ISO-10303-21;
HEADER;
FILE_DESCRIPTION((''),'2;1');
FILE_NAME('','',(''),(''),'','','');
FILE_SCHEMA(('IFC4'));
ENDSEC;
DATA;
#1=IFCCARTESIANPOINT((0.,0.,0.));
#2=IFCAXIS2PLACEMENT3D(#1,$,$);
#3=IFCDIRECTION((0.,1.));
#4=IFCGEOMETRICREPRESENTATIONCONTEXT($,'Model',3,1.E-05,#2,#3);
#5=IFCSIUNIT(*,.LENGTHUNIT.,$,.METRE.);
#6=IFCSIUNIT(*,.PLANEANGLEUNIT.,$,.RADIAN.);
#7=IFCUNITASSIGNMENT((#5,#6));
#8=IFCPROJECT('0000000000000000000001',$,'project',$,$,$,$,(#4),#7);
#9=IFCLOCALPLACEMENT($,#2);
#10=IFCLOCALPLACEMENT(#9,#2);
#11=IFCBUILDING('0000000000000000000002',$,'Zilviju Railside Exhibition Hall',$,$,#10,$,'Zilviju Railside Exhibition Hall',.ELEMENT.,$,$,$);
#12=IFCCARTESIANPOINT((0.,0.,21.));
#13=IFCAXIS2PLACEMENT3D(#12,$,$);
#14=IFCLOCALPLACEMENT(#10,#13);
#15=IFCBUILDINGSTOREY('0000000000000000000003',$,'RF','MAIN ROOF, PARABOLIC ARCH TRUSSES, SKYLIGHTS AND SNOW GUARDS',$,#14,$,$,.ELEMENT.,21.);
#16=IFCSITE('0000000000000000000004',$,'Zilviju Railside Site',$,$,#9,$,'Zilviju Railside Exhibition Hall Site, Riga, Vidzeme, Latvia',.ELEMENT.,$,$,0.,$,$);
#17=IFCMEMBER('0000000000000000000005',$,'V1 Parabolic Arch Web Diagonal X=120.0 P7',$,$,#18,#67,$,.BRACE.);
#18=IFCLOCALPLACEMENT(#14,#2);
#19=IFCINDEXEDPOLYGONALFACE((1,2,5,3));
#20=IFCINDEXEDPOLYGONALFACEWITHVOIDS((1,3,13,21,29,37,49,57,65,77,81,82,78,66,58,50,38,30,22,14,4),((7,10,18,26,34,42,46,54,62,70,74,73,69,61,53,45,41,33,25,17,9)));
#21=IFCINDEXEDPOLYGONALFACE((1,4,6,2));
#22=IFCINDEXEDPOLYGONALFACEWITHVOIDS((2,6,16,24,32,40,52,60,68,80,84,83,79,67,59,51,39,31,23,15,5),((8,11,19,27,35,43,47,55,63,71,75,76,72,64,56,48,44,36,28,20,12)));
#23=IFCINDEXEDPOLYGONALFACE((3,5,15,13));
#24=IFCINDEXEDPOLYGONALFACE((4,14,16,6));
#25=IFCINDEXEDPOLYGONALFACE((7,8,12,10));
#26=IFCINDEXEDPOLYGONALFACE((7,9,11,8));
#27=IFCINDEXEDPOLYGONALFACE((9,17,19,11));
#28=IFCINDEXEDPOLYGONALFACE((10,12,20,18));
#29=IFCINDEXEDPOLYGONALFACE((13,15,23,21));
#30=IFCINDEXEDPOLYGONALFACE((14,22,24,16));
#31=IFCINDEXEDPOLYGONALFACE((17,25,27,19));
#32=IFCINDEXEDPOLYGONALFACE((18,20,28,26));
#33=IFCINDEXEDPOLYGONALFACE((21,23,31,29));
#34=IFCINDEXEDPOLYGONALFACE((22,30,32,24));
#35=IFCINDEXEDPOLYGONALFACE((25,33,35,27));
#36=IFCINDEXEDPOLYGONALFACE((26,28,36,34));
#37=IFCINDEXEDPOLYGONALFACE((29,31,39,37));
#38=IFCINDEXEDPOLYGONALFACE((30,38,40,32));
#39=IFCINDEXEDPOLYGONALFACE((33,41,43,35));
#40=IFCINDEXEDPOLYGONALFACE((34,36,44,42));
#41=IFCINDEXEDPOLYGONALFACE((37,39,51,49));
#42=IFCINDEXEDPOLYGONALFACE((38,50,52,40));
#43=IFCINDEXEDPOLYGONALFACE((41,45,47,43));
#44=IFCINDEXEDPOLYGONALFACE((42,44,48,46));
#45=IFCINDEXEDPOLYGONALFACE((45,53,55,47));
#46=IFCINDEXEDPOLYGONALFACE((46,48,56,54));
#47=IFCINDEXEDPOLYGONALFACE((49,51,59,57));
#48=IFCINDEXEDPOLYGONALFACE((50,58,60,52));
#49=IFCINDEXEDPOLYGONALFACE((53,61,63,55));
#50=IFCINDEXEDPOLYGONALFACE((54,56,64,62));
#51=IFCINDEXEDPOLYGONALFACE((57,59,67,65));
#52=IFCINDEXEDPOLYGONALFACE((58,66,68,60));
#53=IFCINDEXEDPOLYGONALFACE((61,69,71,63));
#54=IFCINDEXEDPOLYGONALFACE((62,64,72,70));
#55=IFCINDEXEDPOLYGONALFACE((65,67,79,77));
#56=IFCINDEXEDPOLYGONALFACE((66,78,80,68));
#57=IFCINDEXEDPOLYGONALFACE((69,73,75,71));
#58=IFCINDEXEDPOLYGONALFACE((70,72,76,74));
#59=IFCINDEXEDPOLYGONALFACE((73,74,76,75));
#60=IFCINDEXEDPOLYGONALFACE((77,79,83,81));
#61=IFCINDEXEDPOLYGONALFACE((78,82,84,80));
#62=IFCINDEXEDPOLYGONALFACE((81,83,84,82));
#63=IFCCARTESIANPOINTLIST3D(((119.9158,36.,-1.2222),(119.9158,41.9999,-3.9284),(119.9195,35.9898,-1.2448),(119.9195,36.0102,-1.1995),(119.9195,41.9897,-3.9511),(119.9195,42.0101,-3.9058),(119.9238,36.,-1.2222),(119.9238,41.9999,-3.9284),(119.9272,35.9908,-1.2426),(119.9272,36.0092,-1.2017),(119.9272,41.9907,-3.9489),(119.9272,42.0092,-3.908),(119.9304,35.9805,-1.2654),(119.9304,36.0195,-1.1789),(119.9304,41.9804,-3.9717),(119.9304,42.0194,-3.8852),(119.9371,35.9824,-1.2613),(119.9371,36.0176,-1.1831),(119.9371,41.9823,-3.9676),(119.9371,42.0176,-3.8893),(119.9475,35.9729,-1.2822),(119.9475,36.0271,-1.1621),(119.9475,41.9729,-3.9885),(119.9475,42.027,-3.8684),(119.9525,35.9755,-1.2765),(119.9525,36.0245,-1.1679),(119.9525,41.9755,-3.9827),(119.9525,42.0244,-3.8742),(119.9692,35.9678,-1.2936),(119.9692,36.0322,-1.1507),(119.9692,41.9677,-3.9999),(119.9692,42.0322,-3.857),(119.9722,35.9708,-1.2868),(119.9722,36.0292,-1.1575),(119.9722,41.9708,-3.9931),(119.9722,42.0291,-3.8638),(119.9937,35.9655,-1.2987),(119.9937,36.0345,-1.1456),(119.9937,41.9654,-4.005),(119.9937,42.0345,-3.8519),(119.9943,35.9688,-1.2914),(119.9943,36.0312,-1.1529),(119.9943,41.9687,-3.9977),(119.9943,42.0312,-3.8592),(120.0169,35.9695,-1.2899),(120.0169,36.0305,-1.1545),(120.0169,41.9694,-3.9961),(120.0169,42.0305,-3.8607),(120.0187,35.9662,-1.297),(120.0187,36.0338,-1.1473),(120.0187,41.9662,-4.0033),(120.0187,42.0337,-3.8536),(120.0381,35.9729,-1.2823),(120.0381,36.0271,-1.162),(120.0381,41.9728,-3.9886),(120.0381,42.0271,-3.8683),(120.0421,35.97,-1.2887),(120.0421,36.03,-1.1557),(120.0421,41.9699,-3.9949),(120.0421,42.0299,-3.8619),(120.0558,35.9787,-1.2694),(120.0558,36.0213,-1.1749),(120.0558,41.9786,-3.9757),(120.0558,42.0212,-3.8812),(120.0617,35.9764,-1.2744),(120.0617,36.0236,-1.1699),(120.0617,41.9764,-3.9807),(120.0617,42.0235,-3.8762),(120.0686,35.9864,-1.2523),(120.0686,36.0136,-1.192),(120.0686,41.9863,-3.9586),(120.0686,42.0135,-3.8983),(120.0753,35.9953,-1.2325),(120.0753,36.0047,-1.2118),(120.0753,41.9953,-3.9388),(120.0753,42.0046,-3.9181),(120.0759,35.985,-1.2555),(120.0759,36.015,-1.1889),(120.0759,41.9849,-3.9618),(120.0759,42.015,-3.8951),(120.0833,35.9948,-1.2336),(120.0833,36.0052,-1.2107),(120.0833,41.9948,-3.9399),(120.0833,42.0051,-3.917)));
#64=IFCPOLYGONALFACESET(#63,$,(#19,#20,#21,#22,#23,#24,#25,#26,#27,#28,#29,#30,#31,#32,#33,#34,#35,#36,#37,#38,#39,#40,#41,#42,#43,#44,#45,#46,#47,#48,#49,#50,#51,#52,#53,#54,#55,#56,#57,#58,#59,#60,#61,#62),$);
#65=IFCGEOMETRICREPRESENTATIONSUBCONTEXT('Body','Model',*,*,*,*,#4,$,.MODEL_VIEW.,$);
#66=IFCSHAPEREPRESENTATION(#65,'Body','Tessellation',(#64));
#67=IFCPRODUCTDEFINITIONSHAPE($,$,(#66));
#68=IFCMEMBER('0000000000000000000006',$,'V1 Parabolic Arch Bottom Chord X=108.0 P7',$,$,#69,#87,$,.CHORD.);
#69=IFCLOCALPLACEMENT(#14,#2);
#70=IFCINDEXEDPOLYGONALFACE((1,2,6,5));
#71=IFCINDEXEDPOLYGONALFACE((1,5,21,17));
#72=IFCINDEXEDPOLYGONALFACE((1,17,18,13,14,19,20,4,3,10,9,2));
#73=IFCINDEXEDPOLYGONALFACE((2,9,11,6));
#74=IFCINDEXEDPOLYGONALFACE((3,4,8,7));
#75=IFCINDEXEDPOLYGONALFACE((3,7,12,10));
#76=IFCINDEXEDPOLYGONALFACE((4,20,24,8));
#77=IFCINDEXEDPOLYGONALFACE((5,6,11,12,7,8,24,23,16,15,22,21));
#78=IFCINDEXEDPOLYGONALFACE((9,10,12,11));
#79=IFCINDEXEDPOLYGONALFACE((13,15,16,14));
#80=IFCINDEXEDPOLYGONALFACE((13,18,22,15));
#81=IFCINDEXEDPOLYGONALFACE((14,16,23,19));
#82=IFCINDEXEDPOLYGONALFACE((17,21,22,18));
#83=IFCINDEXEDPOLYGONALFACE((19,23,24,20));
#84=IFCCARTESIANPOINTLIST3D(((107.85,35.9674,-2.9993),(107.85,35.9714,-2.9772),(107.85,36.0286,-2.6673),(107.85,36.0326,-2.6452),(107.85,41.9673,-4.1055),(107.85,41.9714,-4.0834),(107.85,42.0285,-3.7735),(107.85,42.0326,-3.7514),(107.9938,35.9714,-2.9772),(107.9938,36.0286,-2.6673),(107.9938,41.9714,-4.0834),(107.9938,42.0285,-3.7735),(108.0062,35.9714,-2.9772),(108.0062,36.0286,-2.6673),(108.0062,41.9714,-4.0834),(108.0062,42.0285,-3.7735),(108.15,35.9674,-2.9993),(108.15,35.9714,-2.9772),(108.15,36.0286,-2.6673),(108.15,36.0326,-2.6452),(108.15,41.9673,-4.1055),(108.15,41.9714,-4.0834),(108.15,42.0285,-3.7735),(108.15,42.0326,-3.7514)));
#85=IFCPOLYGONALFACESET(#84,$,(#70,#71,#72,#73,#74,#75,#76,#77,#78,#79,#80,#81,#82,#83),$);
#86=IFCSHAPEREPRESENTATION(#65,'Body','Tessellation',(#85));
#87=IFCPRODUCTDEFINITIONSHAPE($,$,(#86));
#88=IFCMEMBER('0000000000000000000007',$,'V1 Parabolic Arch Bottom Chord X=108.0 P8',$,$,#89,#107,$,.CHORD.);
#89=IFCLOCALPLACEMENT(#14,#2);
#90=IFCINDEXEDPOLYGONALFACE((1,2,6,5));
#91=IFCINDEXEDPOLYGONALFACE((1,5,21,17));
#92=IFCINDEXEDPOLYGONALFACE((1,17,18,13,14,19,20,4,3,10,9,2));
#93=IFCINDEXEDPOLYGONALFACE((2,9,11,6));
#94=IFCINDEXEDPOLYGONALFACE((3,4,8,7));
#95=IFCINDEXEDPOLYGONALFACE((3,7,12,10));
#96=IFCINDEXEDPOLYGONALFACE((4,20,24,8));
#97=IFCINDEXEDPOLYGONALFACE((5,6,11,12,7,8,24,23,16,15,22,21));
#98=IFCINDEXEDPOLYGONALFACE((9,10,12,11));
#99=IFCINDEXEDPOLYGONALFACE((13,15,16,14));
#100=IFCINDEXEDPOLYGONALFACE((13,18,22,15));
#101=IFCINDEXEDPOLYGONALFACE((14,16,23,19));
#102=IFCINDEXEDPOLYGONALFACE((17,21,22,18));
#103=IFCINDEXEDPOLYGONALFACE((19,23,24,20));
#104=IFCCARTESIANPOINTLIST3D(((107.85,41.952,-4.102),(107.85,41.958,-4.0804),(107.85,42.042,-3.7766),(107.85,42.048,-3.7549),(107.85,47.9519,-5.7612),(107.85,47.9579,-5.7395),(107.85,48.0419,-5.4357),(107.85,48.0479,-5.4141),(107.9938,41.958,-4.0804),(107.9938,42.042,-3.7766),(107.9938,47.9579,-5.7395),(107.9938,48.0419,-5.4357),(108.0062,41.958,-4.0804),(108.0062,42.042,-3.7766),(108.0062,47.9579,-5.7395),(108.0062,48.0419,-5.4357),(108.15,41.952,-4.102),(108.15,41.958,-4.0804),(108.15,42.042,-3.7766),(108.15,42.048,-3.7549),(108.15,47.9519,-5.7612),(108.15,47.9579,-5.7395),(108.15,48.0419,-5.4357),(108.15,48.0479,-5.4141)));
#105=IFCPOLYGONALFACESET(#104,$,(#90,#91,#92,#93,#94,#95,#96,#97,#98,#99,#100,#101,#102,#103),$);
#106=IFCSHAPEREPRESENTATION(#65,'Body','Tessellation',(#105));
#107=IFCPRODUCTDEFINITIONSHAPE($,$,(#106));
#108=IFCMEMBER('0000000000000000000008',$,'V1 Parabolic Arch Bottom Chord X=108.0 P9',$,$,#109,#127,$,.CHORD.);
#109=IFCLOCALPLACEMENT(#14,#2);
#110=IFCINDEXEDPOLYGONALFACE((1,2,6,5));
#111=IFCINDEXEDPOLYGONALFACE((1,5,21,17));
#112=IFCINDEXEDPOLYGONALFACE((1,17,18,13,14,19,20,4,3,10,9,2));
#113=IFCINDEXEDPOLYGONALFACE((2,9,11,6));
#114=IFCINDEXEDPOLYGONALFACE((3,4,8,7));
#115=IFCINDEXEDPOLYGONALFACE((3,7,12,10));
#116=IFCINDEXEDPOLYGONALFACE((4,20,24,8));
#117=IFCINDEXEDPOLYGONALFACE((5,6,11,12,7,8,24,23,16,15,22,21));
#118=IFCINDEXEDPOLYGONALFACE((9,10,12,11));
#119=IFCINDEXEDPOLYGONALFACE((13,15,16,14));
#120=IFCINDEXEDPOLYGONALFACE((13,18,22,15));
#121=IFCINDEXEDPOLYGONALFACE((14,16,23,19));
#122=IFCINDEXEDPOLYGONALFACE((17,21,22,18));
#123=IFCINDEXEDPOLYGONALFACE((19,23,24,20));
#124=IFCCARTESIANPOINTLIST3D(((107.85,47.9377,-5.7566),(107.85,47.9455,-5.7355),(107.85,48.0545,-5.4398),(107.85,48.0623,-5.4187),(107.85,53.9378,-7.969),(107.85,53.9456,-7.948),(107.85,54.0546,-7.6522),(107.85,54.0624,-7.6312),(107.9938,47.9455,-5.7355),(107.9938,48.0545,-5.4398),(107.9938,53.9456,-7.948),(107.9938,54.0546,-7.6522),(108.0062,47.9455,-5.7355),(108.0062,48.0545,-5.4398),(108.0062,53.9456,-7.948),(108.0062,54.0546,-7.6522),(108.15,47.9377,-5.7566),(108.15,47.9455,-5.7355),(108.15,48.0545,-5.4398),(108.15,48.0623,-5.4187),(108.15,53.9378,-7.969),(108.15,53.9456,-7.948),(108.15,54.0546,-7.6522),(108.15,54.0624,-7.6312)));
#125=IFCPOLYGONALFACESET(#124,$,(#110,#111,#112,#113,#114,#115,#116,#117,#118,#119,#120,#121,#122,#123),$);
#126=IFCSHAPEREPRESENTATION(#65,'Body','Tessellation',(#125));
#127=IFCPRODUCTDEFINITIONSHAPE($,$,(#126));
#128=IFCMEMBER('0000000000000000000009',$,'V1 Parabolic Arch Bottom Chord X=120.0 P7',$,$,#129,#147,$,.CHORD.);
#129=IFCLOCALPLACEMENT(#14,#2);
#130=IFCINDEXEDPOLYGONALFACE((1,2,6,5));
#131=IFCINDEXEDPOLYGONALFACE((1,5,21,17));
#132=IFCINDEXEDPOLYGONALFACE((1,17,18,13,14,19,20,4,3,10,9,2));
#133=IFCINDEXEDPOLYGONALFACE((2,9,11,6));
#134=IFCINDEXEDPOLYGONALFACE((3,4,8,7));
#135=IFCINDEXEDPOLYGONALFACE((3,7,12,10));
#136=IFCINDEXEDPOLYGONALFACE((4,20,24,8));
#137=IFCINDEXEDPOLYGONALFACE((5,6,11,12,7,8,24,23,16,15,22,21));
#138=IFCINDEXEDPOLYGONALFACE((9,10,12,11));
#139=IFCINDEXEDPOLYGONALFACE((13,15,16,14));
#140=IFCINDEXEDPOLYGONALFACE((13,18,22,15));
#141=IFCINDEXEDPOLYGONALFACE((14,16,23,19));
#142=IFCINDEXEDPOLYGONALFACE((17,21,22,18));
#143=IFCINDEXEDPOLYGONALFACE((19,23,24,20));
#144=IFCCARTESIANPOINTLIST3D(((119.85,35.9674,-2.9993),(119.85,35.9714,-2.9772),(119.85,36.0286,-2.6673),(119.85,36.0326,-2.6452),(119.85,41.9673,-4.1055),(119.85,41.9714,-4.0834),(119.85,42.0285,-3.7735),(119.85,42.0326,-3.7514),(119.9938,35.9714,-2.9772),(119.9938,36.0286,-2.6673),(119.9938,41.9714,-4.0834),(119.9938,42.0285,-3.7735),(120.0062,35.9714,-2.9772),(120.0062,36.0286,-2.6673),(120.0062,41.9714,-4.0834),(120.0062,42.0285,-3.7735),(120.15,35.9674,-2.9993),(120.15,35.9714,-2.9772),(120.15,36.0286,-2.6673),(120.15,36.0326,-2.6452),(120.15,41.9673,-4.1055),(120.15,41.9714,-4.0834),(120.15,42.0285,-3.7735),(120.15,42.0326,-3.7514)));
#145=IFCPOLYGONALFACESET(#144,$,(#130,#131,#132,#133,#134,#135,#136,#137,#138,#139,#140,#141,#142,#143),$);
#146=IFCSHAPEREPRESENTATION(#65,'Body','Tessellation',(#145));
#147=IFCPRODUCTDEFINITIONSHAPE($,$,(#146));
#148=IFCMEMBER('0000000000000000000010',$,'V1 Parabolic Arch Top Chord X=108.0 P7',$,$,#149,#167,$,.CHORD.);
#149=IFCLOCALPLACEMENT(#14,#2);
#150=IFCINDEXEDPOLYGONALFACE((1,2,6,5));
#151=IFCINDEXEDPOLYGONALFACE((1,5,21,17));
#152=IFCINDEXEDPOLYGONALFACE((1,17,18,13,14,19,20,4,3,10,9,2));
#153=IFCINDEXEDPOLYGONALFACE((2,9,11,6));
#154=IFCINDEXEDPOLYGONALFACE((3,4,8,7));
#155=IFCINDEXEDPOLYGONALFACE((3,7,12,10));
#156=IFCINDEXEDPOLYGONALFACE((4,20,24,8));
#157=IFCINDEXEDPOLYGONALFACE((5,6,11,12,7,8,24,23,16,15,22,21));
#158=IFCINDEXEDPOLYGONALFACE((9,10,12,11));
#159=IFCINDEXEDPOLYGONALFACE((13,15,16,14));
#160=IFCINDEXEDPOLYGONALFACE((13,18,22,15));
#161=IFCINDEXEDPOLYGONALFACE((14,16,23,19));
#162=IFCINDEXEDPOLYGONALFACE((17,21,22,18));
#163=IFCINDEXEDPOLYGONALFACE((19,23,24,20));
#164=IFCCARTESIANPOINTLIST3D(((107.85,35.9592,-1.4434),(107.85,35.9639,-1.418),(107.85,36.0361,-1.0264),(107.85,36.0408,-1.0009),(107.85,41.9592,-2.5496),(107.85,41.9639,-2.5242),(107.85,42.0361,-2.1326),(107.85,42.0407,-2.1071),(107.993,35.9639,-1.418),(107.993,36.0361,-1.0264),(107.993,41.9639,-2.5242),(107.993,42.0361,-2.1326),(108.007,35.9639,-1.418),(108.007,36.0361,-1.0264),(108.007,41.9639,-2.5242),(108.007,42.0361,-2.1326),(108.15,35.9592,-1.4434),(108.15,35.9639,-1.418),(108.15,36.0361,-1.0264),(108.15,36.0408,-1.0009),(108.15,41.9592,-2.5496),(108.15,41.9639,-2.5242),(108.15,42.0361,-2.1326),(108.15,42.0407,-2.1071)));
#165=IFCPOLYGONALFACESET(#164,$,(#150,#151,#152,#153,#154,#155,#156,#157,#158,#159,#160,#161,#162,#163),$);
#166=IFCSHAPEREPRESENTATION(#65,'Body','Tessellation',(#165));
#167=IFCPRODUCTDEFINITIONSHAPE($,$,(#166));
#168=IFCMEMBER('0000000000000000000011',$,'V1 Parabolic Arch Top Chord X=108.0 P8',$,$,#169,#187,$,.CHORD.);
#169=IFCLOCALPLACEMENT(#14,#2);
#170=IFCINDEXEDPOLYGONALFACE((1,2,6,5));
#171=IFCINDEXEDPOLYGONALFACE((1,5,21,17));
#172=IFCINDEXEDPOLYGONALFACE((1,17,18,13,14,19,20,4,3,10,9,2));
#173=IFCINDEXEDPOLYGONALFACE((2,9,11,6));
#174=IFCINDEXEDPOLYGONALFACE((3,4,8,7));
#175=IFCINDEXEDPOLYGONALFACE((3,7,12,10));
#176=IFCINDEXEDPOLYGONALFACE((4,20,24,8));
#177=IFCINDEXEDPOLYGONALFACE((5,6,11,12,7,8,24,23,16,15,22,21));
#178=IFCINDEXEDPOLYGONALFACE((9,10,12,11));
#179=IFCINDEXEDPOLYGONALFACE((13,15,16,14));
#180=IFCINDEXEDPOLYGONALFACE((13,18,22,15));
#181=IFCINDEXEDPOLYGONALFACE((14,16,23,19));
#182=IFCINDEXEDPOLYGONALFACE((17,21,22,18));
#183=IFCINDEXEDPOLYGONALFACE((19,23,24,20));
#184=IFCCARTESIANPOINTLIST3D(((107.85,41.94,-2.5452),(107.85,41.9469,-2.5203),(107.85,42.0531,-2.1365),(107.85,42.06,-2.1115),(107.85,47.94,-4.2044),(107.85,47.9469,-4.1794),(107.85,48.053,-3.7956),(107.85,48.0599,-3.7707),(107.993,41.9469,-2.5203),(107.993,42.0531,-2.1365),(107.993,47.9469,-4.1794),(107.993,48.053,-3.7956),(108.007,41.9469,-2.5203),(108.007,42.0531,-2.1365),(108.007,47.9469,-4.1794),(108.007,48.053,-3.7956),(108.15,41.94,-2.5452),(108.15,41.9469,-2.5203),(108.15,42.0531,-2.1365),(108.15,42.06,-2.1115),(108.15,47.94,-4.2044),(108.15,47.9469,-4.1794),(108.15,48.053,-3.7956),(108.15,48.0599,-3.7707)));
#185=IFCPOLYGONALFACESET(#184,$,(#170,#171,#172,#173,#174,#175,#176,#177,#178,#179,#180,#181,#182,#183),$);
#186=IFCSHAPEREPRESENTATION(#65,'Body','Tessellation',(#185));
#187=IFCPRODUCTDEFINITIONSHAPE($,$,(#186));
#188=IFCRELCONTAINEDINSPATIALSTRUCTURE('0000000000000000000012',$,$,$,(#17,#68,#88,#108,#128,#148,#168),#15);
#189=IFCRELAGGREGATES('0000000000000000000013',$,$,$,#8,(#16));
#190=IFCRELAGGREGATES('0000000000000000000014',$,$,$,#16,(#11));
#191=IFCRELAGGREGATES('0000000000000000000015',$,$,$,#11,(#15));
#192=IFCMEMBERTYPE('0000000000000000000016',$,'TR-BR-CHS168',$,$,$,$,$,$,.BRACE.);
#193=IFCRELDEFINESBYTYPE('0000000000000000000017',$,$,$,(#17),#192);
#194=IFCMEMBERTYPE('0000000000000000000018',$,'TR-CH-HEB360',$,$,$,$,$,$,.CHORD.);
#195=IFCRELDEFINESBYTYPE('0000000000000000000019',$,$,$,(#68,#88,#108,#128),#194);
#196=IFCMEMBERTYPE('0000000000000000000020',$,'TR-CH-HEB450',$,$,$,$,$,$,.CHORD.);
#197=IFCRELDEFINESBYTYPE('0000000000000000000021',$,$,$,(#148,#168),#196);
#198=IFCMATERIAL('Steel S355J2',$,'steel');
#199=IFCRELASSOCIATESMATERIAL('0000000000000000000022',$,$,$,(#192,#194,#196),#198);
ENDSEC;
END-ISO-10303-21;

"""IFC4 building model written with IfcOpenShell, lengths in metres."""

from ifc_helpers import new_model, si_unit, direction, frame, origin, origin_2d, place, context, subcontext, project, spatial, hollow_circle, i_section, extrude, material, material_profile, profile_set, type_object, element, save


model = new_model("IFC4")

# Units and contexts
model_context = context("Model", 3, precision=1e-05, world=origin(), true_north=direction((0.0, 1.0)))
body_context = subcontext(model_context, "Body", "Model", "MODEL_VIEW")
ifc_project = project(units=[si_unit("LENGTHUNIT", "METRE"), si_unit("PLANEANGLEUNIT", "RADIAN")], contexts=[model_context])

# Site, building, storey
site_placement = place(None, origin())
site = spatial("IfcSite", under=ifc_project, at=site_placement, Name="Zilviju Railside Site", LongName="Zilviju Railside Exhibition Hall Site, Riga, Vidzeme, Latvia", CompositionType="ELEMENT", RefElevation=0.0)
building_placement = place(site_placement, origin())
building = spatial("IfcBuilding", under=site, at=building_placement, Name="Zilviju Railside Exhibition Hall", LongName="Zilviju Railside Exhibition Hall", CompositionType="ELEMENT")
storey_placement = place(building_placement, frame((0.0, 0.0, 21.0)))
storey = spatial("IfcBuildingStorey", under=building, at=storey_placement, Name="RF", Description="MAIN ROOF, PARABOLIC ARCH TRUSSES, SKYLIGHTS AND SNOW GUARDS", CompositionType="ELEMENT", Elevation=21.0)

# Members
ifc_material_1 = material(Name="Steel S355J2", Category="steel")
ifc_material_profile_1 = material_profile(ifc_material_1, hollow_circle(Radius=0.0842, WallThickness=0.0081, at=origin_2d()), Name="CHS 168.3x8.0")
ifc_profile_set_1 = profile_set([ifc_material_profile_1], Name="Steel S355J2")
member_type_1 = type_object("IfcMemberType", Name="TR-BR-CHS168", PredefinedType="BRACE", material=ifc_profile_set_1)
member_1_placement = place(storey_placement, frame((120.0, 36.0, -1.2222), z_axis=(0.0, 0.911563, -0.41116), x_axis=(-1.0, 0.0, 0.0)))
element("IfcMember", 1, at=member_1_placement, inside=storey, type_object=member_type_1, Name="V1 Parabolic Arch Web Diagonal X=120.0 P7", PredefinedType="BRACE", context=body_context, shape_type="SweptSolid", body=[
    extrude(hollow_circle(Radius=0.0842, WallThickness=0.0081, at=origin_2d()), origin(), (0.0, 0.0, 1.0), 6.582),
])
ifc_material_profile_2 = material_profile(ifc_material_1, i_section(OverallWidth=0.3, OverallDepth=0.3601, WebThickness=0.0125, FlangeThickness=0.0225, at=origin_2d()), Name="HEB 360")
ifc_profile_set_2 = profile_set([ifc_material_profile_2], Name="Steel S355J2")
member_type_2 = type_object("IfcMemberType", Name="TR-CH-HEB360", PredefinedType="CHORD", material=ifc_profile_set_2)
member_2_placement = place(storey_placement, frame((108.0, 36.0, -2.8223), z_axis=(0.0, 0.983426, -0.181311), x_axis=(-1.0, 0.0, 0.0)))
element("IfcMember", 2, at=member_2_placement, inside=storey, type_object=member_type_2, Name="V1 Parabolic Arch Bottom Chord X=108.0 P7", PredefinedType="CHORD", context=body_context, shape_type="SweptSolid", body=[
    extrude(i_section(OverallWidth=0.3, OverallDepth=0.3601, WebThickness=0.0125, FlangeThickness=0.0225, at=origin_2d()), origin(), (0.0, 0.0, 1.0), 6.1011),
])
member_3_placement = place(storey_placement, frame((108.0, 42.0, -3.9285), z_axis=(0.0, 0.963827, -0.266527), x_axis=(-1.0, 0.0, 0.0)))
element("IfcMember", 3, at=member_3_placement, inside=storey, type_object=member_type_2, Name="V1 Parabolic Arch Bottom Chord X=108.0 P8", PredefinedType="CHORD", context=body_context, shape_type="SweptSolid", body=[
    extrude(i_section(OverallWidth=0.3, OverallDepth=0.3601, WebThickness=0.0125, FlangeThickness=0.0225, at=origin_2d()), origin(), (0.0, 0.0, 1.0), 6.2251),
])
member_4_placement = place(storey_placement, frame((108.0, 48.0, -5.5876), z_axis=(0.0, 0.938248, -0.345964), x_axis=(-1.0, 0.0, 0.0)))
element("IfcMember", 4, at=member_4_placement, inside=storey, type_object=member_type_2, Name="V1 Parabolic Arch Bottom Chord X=108.0 P9", PredefinedType="CHORD", context=body_context, shape_type="SweptSolid", body=[
    extrude(i_section(OverallWidth=0.3, OverallDepth=0.3601, WebThickness=0.0125, FlangeThickness=0.0225, at=origin_2d()), origin(), (0.0, 0.0, 1.0), 6.395),
])
member_5_placement = place(storey_placement, frame((120.0, 36.0, -2.8223), z_axis=(0.0, 0.983426, -0.181311), x_axis=(-1.0, 0.0, 0.0)))
element("IfcMember", 5, at=member_5_placement, inside=storey, type_object=member_type_2, Name="V1 Parabolic Arch Bottom Chord X=120.0 P7", PredefinedType="CHORD", context=body_context, shape_type="SweptSolid", body=[
    extrude(i_section(OverallWidth=0.3, OverallDepth=0.3601, WebThickness=0.0125, FlangeThickness=0.0225, at=origin_2d()), origin(), (0.0, 0.0, 1.0), 6.1011),
])
ifc_material_profile_3 = material_profile(ifc_material_1, i_section(OverallWidth=0.3, OverallDepth=0.45, WebThickness=0.0139, FlangeThickness=0.0259, at=origin_2d()), Name="HEB 450")
ifc_profile_set_3 = profile_set([ifc_material_profile_3], Name="Steel S355J2")
member_type_3 = type_object("IfcMemberType", Name="TR-CH-HEB450", PredefinedType="CHORD", material=ifc_profile_set_3)
member_6_placement = place(storey_placement, frame((108.0, 36.0, -1.2222), z_axis=(0.0, 0.983426, -0.181311), x_axis=(-1.0, 0.0, 0.0)))
element("IfcMember", 6, at=member_6_placement, inside=storey, type_object=member_type_3, Name="V1 Parabolic Arch Top Chord X=108.0 P7", PredefinedType="CHORD", context=body_context, shape_type="SweptSolid", body=[
    extrude(i_section(OverallWidth=0.3, OverallDepth=0.45, WebThickness=0.0139, FlangeThickness=0.0259, at=origin_2d()), origin(), (0.0, 0.0, 1.0), 6.1011),
])
member_7_placement = place(storey_placement, frame((108.0, 42.0, -2.3284), z_axis=(0.0, 0.963827, -0.266527), x_axis=(-1.0, 0.0, 0.0)))
element("IfcMember", 7, at=member_7_placement, inside=storey, type_object=member_type_3, Name="V1 Parabolic Arch Top Chord X=108.0 P8", PredefinedType="CHORD", context=body_context, shape_type="SweptSolid", body=[
    extrude(i_section(OverallWidth=0.3, OverallDepth=0.45, WebThickness=0.0139, FlangeThickness=0.0259, at=origin_2d()), origin(), (0.0, 0.0, 1.0), 6.2251),
])

save(model, "model.ifc")
